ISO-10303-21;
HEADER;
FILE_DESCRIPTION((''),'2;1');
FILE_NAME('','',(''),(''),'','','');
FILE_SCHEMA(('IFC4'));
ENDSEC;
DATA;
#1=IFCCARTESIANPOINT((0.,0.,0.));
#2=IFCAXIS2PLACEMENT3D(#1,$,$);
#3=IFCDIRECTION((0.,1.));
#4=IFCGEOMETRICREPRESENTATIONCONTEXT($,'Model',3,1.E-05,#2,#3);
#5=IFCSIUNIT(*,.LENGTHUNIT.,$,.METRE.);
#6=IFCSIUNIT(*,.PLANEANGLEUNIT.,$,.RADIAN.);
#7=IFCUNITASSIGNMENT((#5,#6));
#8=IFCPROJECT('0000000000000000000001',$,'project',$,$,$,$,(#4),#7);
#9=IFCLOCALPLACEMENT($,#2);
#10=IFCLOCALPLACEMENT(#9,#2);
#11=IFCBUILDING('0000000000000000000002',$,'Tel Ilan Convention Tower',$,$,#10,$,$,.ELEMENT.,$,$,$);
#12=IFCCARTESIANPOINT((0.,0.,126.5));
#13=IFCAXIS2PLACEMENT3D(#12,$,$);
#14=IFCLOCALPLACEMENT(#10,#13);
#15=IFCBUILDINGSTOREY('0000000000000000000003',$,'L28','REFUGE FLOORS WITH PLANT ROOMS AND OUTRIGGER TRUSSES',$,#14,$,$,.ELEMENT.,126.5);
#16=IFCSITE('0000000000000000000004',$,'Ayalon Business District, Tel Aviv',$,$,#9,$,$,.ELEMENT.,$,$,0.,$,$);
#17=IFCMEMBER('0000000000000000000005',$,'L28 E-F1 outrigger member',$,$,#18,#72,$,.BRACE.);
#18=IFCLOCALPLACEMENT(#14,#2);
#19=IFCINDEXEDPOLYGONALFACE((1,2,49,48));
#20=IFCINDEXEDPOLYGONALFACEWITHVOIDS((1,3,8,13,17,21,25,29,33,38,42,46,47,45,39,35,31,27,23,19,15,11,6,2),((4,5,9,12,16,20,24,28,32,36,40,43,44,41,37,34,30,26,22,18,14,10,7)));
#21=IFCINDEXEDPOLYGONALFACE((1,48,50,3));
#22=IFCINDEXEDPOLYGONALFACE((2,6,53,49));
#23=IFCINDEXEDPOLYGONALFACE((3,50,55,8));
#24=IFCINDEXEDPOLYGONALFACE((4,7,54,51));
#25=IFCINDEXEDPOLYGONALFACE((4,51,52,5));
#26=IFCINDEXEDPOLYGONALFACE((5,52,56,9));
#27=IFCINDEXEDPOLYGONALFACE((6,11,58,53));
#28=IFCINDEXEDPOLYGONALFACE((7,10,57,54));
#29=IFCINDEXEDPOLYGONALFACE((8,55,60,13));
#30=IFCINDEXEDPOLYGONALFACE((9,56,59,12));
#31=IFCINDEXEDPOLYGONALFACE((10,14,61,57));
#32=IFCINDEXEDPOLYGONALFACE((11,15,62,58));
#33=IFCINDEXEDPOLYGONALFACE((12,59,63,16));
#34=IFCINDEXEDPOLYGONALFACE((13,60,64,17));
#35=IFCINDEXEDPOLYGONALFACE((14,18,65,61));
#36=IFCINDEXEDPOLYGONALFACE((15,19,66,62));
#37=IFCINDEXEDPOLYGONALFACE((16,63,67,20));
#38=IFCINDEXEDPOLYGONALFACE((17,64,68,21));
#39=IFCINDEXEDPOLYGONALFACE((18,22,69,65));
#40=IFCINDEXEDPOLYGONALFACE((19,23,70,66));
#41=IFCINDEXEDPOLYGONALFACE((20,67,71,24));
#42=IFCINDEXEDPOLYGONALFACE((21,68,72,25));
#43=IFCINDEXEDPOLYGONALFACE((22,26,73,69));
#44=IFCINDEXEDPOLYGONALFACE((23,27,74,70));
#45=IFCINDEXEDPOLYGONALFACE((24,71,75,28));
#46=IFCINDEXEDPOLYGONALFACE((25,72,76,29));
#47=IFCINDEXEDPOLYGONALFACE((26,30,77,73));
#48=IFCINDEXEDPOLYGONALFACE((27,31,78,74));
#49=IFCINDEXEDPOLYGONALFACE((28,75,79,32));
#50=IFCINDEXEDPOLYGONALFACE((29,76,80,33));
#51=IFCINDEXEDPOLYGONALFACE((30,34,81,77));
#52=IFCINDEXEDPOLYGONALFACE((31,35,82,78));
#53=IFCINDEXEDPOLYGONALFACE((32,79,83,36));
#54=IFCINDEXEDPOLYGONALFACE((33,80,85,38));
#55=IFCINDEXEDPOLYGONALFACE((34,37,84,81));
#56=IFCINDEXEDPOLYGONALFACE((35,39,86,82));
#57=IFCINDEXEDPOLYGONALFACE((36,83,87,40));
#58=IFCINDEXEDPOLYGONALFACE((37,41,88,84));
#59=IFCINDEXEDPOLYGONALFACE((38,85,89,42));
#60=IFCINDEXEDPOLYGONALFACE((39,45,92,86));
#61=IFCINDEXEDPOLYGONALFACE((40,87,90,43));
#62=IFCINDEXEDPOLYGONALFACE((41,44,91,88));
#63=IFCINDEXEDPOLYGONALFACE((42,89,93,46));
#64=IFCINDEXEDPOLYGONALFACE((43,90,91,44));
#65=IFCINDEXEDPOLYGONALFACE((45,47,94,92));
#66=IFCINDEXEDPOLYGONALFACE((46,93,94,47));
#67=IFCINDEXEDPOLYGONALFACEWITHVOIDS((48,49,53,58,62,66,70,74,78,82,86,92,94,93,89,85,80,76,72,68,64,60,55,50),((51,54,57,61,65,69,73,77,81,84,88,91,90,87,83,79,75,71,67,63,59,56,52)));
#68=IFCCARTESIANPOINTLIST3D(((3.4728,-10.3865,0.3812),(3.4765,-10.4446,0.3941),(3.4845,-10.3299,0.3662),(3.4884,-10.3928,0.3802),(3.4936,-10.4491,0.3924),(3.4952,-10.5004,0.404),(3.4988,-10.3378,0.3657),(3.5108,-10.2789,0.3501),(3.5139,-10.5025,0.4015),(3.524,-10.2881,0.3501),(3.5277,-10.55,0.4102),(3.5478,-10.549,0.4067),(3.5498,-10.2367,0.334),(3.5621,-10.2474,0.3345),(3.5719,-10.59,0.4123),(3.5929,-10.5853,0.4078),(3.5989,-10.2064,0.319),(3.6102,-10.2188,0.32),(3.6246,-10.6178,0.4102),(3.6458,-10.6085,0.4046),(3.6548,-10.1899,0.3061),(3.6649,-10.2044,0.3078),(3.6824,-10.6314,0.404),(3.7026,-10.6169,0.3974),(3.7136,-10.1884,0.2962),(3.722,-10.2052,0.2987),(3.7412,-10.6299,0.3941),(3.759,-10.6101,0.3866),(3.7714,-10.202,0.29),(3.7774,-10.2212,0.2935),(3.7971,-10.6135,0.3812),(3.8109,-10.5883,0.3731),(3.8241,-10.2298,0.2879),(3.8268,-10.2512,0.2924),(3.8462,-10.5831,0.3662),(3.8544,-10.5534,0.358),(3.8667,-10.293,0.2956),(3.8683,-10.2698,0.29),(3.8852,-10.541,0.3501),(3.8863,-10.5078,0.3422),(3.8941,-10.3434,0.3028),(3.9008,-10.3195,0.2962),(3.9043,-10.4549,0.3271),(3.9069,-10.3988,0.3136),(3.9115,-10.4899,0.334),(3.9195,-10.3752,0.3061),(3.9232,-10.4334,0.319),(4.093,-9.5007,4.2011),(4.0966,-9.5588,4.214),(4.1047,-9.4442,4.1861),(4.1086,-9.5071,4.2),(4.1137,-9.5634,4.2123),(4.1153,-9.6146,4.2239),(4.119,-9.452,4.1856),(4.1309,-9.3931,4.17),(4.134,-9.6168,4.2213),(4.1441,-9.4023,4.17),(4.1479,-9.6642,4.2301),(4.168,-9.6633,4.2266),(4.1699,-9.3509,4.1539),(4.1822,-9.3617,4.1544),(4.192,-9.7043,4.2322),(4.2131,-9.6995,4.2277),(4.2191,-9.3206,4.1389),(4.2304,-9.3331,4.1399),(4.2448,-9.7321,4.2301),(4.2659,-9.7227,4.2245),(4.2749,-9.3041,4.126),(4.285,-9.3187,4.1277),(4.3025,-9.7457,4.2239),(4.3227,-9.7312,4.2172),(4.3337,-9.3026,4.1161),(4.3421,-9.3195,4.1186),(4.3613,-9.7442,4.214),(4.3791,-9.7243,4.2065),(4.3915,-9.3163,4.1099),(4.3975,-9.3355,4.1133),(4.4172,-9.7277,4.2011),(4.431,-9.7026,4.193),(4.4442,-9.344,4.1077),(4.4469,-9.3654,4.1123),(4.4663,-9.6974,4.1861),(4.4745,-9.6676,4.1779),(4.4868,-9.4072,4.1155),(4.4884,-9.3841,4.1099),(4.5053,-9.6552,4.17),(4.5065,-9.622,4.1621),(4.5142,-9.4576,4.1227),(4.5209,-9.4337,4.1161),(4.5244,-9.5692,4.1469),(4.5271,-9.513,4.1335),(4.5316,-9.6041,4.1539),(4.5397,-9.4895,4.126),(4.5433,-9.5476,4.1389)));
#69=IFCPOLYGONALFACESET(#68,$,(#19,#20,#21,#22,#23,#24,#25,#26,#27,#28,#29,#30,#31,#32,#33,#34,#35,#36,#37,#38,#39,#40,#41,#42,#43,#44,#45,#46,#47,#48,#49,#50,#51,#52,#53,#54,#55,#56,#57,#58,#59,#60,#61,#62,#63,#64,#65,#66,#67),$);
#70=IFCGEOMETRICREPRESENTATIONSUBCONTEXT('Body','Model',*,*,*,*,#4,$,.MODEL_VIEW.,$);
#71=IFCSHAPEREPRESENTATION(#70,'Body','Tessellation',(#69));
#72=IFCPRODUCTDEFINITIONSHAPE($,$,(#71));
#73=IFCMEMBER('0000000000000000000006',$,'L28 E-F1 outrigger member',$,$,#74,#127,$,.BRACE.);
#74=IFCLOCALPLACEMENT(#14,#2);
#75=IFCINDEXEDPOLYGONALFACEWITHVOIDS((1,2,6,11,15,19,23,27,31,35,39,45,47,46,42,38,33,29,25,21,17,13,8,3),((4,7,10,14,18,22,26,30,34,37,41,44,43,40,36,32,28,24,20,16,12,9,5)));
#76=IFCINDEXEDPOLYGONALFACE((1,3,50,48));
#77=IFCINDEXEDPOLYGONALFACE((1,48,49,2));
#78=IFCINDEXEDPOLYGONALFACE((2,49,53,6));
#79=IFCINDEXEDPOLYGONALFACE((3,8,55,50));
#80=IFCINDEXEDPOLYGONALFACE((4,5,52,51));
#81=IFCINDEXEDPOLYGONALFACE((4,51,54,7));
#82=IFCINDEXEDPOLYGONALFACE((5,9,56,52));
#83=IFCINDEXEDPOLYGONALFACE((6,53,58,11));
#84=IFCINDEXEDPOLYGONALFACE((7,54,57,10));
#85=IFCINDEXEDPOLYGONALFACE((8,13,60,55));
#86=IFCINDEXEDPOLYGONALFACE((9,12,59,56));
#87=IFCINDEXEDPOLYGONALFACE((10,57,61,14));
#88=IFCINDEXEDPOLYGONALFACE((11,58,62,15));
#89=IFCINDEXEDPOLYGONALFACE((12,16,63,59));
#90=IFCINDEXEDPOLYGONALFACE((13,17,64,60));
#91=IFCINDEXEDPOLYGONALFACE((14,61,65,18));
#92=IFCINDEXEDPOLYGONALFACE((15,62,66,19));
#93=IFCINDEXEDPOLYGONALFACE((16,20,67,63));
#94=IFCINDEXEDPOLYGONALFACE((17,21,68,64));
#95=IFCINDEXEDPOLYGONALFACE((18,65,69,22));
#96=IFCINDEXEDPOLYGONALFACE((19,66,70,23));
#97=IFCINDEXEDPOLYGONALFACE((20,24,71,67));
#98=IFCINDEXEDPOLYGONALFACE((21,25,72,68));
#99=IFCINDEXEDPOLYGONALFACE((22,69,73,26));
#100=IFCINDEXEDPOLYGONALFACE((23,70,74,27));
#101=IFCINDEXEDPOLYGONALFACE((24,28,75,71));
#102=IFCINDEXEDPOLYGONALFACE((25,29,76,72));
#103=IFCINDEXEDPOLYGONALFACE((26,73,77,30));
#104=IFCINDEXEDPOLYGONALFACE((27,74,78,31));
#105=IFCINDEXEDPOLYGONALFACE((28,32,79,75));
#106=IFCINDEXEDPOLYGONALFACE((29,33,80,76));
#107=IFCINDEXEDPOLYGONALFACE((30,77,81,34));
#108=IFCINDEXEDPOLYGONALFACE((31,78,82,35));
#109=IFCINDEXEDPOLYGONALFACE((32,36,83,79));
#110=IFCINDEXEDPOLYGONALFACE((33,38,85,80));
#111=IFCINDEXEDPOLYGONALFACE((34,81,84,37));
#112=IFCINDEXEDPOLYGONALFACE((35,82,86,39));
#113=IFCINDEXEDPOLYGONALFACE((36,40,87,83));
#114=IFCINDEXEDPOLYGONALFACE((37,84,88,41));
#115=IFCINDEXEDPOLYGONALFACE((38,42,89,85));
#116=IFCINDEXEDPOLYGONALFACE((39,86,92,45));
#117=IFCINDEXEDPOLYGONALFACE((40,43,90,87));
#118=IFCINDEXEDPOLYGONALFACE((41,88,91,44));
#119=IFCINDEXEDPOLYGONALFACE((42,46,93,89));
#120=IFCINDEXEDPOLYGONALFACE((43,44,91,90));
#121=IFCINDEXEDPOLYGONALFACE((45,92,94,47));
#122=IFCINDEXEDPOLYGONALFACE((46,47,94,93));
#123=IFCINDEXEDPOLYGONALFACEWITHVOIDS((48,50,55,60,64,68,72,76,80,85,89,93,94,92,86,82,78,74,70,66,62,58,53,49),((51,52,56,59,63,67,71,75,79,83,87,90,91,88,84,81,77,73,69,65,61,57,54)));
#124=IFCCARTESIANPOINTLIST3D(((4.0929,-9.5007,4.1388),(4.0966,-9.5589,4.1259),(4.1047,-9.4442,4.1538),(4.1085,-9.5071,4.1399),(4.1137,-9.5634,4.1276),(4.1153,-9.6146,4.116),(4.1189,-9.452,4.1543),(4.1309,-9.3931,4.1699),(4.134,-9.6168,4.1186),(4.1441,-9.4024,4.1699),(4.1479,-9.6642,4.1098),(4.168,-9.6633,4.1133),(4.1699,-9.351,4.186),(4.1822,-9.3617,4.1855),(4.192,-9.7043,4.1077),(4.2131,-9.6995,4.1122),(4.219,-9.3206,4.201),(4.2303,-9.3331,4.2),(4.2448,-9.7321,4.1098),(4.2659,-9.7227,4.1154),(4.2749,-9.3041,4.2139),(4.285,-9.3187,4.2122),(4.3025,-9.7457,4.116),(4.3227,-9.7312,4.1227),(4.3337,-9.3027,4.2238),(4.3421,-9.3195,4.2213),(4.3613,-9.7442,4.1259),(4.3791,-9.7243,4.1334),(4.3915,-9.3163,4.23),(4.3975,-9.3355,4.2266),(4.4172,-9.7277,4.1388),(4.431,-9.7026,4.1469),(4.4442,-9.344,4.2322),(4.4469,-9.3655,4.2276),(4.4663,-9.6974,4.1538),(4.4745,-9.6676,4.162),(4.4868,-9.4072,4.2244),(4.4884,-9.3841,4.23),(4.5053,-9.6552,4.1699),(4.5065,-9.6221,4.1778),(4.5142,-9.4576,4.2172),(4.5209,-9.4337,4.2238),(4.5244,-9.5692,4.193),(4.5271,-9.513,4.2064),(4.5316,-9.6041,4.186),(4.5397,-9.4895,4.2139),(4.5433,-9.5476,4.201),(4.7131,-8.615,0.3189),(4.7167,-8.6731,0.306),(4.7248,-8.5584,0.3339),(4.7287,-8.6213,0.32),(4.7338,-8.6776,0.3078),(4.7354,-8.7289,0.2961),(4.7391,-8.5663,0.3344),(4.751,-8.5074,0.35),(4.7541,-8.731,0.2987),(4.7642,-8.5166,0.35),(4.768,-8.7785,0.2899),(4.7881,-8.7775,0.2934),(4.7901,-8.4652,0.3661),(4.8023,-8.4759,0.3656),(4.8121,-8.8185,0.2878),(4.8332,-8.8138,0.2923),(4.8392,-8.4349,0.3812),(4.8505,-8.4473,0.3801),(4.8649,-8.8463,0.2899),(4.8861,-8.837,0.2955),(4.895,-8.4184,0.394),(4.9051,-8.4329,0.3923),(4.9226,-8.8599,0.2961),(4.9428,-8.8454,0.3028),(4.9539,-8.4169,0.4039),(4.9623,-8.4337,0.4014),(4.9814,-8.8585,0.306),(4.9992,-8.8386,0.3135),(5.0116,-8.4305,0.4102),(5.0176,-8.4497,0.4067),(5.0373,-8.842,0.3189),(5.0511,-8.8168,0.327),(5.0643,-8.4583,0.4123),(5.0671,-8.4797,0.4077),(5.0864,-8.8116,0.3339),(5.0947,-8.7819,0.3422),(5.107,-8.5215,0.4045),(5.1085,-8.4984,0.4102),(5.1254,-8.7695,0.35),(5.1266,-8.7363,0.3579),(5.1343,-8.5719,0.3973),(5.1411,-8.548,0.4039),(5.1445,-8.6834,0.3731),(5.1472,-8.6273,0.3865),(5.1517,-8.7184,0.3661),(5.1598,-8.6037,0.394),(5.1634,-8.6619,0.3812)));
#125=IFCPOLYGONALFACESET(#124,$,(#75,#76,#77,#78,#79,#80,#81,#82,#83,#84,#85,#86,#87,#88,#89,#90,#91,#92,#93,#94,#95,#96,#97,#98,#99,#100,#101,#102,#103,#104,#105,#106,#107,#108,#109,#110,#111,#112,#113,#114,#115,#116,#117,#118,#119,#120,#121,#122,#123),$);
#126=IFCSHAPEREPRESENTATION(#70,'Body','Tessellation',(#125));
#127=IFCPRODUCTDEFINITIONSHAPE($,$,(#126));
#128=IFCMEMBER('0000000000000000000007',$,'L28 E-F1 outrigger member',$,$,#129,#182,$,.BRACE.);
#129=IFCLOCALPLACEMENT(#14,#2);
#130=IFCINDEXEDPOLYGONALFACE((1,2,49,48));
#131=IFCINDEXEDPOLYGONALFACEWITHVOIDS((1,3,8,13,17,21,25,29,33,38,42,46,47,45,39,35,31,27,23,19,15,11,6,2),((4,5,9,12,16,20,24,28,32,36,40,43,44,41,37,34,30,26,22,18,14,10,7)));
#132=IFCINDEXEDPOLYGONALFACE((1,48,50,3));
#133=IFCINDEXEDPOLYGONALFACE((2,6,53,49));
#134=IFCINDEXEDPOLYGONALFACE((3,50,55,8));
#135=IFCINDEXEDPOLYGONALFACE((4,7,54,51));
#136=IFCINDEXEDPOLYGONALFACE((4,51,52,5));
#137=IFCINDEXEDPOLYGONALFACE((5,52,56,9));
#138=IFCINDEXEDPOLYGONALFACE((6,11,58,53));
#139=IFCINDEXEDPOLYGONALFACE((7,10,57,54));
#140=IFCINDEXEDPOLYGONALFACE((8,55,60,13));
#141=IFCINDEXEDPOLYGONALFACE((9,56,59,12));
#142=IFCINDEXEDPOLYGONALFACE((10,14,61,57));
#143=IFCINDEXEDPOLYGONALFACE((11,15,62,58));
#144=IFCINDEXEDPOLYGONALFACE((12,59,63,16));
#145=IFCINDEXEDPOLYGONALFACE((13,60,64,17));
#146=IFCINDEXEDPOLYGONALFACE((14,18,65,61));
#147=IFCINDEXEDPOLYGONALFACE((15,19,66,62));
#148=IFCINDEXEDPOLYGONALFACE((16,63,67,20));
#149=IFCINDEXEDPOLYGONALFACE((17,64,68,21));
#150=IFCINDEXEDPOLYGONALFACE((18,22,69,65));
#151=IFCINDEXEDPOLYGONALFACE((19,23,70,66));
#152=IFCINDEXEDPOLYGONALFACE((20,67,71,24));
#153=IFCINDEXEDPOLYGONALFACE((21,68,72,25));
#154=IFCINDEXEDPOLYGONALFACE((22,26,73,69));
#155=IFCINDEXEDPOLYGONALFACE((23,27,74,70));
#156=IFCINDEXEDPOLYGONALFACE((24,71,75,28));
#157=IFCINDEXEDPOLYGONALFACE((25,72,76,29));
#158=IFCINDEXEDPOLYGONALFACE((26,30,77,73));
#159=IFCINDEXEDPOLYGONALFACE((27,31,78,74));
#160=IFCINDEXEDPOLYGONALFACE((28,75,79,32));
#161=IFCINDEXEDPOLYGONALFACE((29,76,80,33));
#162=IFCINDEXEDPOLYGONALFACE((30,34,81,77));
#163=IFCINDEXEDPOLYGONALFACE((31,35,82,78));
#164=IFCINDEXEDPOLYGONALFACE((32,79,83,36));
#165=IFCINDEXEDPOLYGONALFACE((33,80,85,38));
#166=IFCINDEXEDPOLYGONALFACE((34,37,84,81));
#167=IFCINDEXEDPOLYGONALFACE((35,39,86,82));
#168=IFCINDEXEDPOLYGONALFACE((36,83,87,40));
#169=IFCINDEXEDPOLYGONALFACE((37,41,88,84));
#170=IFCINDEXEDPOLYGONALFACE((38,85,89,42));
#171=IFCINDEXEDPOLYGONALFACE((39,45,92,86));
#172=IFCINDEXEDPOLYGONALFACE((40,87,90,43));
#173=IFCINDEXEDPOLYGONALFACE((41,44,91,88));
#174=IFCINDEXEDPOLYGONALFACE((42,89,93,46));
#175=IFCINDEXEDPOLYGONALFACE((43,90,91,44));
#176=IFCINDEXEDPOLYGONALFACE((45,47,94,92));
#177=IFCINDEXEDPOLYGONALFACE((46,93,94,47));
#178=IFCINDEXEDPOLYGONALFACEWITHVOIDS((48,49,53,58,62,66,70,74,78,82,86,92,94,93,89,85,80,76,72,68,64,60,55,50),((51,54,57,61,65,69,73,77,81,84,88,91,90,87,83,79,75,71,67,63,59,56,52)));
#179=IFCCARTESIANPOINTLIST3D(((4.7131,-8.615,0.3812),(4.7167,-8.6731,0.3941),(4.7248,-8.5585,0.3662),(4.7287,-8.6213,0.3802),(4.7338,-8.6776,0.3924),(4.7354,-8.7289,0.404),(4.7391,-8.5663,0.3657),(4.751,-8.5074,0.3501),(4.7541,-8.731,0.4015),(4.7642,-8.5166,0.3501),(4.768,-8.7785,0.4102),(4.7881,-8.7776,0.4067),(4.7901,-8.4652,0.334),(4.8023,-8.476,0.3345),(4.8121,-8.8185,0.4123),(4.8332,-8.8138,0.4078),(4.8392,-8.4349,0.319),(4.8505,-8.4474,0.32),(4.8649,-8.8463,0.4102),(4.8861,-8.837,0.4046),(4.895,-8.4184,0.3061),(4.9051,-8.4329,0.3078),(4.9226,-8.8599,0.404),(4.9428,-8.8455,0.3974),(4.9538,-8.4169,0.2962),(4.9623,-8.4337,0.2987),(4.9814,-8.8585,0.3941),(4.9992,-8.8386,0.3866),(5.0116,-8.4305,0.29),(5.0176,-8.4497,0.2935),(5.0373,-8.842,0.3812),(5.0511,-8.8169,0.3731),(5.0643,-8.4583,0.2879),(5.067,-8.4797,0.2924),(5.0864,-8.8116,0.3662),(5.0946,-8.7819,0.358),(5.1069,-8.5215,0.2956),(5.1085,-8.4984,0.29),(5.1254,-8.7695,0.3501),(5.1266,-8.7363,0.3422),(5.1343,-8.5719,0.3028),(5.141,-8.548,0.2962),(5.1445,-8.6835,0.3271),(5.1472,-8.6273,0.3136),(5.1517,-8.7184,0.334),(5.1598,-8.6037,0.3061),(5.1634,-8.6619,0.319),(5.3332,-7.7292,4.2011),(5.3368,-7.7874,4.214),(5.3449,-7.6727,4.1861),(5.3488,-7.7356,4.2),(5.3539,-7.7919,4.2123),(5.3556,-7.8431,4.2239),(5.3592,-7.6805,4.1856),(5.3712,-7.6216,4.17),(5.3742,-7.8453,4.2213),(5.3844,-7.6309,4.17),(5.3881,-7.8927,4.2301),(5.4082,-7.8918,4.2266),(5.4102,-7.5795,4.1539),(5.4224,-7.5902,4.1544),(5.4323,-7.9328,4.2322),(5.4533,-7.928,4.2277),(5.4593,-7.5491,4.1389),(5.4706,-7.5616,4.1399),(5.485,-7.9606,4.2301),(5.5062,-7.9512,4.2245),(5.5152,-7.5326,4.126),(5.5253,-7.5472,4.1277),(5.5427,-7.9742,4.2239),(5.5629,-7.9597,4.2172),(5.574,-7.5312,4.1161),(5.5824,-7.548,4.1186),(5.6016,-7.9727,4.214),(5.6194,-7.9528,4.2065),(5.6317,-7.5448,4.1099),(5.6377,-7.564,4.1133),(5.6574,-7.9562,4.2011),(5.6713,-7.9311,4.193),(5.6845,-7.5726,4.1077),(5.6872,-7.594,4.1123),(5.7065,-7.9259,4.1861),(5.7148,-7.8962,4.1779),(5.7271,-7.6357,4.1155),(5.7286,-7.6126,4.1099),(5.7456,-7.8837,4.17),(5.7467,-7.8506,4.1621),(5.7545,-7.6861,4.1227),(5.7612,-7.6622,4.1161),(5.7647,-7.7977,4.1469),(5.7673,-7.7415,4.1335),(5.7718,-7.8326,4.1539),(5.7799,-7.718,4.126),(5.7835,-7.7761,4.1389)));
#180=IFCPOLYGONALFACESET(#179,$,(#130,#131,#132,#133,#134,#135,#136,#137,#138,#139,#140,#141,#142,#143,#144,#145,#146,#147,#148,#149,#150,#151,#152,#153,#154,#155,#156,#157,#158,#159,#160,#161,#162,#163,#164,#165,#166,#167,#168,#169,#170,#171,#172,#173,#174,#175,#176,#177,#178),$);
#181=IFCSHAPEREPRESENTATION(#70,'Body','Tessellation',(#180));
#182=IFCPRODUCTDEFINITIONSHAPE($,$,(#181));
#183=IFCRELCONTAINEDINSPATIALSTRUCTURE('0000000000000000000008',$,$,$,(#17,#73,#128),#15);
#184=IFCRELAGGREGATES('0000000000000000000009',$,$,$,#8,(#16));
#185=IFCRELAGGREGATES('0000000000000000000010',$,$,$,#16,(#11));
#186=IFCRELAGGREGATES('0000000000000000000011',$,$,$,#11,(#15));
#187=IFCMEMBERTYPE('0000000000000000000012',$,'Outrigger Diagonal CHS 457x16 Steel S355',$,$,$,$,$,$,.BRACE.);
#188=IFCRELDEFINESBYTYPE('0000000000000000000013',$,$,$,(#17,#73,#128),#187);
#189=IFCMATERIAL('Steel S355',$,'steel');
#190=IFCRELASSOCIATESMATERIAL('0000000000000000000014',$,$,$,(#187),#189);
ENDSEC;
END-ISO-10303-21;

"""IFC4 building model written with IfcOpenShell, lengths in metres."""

from ifc_helpers import new_model, si_unit, direction, frame, origin, origin_2d, place, context, subcontext, project, spatial, hollow_circle, extrude, material, material_profile, profile_set, type_object, element, save


model = new_model("IFC4")

# Units and contexts
model_context = context("Model", 3, precision=1e-05, world=origin(), true_north=direction((0.0, 1.0)))
body_context = subcontext(model_context, "Body", "Model", "MODEL_VIEW")
ifc_project = project(units=[si_unit("LENGTHUNIT", "METRE"), si_unit("PLANEANGLEUNIT", "RADIAN")], contexts=[model_context])

# Site, building, storey
site_placement = place(None, origin())
site = spatial("IfcSite", under=ifc_project, at=site_placement, Name="Ayalon Business District, Tel Aviv", CompositionType="ELEMENT", RefElevation=0.0)
building_placement = place(site_placement, origin())
building = spatial("IfcBuilding", under=site, at=building_placement, Name="Tel Ilan Convention Tower", CompositionType="ELEMENT")
storey_placement = place(building_placement, frame((0.0, 0.0, 126.5)))
storey = spatial("IfcBuildingStorey", under=building, at=storey_placement, Name="L28", Description="REFUGE FLOORS WITH PLANT ROOMS AND OUTRIGGER TRUSSES", CompositionType="ELEMENT", Elevation=126.5)

# Members
ifc_material_1 = material(Name="Steel S355", Category="steel")
ifc_material_profile_1 = material_profile(ifc_material_1, hollow_circle(Radius=0.2285, WallThickness=0.0161, at=origin_2d()), Name="CHS 457x16")
ifc_profile_set_1 = profile_set([ifc_material_profile_1], Name="Steel S355")
member_type_1 = type_object("IfcMemberType", Name="Outrigger Diagonal CHS 457x16 Steel S355", PredefinedType="BRACE", material=ifc_profile_set_1)
for number, where, z_axis, x_axis, name in (
    (1, (3.698, -10.4099, 0.3501), (0.156205, 0.223114, 0.962195), (-0.819189, 0.573523, 0.0), "L28 E-F1 outrigger member"),
    (2, (4.3181, -9.5242, 4.1699), (0.156205, 0.223114, -0.962195), (-0.819189, 0.573523, 0.0), "L28 E-F1 outrigger member"),
    (3, (4.9382, -8.6384, 0.3501), (0.156205, 0.223114, 0.962195), (-0.819189, 0.573523, 0.0), "L28 E-F1 outrigger member"),
):
    element("IfcMember", number, at=place(storey_placement, frame(where, z_axis=z_axis, x_axis=x_axis)), inside=storey, type_object=member_type_1, Name=name, PredefinedType="BRACE", context=body_context, shape_type="SweptSolid", body=[
        extrude(hollow_circle(Radius=0.2285, WallThickness=0.0161, at=origin_2d()), origin(), (0.0, 0.0, 1.0), 3.97),
    ])

save(model, "model.ifc")
